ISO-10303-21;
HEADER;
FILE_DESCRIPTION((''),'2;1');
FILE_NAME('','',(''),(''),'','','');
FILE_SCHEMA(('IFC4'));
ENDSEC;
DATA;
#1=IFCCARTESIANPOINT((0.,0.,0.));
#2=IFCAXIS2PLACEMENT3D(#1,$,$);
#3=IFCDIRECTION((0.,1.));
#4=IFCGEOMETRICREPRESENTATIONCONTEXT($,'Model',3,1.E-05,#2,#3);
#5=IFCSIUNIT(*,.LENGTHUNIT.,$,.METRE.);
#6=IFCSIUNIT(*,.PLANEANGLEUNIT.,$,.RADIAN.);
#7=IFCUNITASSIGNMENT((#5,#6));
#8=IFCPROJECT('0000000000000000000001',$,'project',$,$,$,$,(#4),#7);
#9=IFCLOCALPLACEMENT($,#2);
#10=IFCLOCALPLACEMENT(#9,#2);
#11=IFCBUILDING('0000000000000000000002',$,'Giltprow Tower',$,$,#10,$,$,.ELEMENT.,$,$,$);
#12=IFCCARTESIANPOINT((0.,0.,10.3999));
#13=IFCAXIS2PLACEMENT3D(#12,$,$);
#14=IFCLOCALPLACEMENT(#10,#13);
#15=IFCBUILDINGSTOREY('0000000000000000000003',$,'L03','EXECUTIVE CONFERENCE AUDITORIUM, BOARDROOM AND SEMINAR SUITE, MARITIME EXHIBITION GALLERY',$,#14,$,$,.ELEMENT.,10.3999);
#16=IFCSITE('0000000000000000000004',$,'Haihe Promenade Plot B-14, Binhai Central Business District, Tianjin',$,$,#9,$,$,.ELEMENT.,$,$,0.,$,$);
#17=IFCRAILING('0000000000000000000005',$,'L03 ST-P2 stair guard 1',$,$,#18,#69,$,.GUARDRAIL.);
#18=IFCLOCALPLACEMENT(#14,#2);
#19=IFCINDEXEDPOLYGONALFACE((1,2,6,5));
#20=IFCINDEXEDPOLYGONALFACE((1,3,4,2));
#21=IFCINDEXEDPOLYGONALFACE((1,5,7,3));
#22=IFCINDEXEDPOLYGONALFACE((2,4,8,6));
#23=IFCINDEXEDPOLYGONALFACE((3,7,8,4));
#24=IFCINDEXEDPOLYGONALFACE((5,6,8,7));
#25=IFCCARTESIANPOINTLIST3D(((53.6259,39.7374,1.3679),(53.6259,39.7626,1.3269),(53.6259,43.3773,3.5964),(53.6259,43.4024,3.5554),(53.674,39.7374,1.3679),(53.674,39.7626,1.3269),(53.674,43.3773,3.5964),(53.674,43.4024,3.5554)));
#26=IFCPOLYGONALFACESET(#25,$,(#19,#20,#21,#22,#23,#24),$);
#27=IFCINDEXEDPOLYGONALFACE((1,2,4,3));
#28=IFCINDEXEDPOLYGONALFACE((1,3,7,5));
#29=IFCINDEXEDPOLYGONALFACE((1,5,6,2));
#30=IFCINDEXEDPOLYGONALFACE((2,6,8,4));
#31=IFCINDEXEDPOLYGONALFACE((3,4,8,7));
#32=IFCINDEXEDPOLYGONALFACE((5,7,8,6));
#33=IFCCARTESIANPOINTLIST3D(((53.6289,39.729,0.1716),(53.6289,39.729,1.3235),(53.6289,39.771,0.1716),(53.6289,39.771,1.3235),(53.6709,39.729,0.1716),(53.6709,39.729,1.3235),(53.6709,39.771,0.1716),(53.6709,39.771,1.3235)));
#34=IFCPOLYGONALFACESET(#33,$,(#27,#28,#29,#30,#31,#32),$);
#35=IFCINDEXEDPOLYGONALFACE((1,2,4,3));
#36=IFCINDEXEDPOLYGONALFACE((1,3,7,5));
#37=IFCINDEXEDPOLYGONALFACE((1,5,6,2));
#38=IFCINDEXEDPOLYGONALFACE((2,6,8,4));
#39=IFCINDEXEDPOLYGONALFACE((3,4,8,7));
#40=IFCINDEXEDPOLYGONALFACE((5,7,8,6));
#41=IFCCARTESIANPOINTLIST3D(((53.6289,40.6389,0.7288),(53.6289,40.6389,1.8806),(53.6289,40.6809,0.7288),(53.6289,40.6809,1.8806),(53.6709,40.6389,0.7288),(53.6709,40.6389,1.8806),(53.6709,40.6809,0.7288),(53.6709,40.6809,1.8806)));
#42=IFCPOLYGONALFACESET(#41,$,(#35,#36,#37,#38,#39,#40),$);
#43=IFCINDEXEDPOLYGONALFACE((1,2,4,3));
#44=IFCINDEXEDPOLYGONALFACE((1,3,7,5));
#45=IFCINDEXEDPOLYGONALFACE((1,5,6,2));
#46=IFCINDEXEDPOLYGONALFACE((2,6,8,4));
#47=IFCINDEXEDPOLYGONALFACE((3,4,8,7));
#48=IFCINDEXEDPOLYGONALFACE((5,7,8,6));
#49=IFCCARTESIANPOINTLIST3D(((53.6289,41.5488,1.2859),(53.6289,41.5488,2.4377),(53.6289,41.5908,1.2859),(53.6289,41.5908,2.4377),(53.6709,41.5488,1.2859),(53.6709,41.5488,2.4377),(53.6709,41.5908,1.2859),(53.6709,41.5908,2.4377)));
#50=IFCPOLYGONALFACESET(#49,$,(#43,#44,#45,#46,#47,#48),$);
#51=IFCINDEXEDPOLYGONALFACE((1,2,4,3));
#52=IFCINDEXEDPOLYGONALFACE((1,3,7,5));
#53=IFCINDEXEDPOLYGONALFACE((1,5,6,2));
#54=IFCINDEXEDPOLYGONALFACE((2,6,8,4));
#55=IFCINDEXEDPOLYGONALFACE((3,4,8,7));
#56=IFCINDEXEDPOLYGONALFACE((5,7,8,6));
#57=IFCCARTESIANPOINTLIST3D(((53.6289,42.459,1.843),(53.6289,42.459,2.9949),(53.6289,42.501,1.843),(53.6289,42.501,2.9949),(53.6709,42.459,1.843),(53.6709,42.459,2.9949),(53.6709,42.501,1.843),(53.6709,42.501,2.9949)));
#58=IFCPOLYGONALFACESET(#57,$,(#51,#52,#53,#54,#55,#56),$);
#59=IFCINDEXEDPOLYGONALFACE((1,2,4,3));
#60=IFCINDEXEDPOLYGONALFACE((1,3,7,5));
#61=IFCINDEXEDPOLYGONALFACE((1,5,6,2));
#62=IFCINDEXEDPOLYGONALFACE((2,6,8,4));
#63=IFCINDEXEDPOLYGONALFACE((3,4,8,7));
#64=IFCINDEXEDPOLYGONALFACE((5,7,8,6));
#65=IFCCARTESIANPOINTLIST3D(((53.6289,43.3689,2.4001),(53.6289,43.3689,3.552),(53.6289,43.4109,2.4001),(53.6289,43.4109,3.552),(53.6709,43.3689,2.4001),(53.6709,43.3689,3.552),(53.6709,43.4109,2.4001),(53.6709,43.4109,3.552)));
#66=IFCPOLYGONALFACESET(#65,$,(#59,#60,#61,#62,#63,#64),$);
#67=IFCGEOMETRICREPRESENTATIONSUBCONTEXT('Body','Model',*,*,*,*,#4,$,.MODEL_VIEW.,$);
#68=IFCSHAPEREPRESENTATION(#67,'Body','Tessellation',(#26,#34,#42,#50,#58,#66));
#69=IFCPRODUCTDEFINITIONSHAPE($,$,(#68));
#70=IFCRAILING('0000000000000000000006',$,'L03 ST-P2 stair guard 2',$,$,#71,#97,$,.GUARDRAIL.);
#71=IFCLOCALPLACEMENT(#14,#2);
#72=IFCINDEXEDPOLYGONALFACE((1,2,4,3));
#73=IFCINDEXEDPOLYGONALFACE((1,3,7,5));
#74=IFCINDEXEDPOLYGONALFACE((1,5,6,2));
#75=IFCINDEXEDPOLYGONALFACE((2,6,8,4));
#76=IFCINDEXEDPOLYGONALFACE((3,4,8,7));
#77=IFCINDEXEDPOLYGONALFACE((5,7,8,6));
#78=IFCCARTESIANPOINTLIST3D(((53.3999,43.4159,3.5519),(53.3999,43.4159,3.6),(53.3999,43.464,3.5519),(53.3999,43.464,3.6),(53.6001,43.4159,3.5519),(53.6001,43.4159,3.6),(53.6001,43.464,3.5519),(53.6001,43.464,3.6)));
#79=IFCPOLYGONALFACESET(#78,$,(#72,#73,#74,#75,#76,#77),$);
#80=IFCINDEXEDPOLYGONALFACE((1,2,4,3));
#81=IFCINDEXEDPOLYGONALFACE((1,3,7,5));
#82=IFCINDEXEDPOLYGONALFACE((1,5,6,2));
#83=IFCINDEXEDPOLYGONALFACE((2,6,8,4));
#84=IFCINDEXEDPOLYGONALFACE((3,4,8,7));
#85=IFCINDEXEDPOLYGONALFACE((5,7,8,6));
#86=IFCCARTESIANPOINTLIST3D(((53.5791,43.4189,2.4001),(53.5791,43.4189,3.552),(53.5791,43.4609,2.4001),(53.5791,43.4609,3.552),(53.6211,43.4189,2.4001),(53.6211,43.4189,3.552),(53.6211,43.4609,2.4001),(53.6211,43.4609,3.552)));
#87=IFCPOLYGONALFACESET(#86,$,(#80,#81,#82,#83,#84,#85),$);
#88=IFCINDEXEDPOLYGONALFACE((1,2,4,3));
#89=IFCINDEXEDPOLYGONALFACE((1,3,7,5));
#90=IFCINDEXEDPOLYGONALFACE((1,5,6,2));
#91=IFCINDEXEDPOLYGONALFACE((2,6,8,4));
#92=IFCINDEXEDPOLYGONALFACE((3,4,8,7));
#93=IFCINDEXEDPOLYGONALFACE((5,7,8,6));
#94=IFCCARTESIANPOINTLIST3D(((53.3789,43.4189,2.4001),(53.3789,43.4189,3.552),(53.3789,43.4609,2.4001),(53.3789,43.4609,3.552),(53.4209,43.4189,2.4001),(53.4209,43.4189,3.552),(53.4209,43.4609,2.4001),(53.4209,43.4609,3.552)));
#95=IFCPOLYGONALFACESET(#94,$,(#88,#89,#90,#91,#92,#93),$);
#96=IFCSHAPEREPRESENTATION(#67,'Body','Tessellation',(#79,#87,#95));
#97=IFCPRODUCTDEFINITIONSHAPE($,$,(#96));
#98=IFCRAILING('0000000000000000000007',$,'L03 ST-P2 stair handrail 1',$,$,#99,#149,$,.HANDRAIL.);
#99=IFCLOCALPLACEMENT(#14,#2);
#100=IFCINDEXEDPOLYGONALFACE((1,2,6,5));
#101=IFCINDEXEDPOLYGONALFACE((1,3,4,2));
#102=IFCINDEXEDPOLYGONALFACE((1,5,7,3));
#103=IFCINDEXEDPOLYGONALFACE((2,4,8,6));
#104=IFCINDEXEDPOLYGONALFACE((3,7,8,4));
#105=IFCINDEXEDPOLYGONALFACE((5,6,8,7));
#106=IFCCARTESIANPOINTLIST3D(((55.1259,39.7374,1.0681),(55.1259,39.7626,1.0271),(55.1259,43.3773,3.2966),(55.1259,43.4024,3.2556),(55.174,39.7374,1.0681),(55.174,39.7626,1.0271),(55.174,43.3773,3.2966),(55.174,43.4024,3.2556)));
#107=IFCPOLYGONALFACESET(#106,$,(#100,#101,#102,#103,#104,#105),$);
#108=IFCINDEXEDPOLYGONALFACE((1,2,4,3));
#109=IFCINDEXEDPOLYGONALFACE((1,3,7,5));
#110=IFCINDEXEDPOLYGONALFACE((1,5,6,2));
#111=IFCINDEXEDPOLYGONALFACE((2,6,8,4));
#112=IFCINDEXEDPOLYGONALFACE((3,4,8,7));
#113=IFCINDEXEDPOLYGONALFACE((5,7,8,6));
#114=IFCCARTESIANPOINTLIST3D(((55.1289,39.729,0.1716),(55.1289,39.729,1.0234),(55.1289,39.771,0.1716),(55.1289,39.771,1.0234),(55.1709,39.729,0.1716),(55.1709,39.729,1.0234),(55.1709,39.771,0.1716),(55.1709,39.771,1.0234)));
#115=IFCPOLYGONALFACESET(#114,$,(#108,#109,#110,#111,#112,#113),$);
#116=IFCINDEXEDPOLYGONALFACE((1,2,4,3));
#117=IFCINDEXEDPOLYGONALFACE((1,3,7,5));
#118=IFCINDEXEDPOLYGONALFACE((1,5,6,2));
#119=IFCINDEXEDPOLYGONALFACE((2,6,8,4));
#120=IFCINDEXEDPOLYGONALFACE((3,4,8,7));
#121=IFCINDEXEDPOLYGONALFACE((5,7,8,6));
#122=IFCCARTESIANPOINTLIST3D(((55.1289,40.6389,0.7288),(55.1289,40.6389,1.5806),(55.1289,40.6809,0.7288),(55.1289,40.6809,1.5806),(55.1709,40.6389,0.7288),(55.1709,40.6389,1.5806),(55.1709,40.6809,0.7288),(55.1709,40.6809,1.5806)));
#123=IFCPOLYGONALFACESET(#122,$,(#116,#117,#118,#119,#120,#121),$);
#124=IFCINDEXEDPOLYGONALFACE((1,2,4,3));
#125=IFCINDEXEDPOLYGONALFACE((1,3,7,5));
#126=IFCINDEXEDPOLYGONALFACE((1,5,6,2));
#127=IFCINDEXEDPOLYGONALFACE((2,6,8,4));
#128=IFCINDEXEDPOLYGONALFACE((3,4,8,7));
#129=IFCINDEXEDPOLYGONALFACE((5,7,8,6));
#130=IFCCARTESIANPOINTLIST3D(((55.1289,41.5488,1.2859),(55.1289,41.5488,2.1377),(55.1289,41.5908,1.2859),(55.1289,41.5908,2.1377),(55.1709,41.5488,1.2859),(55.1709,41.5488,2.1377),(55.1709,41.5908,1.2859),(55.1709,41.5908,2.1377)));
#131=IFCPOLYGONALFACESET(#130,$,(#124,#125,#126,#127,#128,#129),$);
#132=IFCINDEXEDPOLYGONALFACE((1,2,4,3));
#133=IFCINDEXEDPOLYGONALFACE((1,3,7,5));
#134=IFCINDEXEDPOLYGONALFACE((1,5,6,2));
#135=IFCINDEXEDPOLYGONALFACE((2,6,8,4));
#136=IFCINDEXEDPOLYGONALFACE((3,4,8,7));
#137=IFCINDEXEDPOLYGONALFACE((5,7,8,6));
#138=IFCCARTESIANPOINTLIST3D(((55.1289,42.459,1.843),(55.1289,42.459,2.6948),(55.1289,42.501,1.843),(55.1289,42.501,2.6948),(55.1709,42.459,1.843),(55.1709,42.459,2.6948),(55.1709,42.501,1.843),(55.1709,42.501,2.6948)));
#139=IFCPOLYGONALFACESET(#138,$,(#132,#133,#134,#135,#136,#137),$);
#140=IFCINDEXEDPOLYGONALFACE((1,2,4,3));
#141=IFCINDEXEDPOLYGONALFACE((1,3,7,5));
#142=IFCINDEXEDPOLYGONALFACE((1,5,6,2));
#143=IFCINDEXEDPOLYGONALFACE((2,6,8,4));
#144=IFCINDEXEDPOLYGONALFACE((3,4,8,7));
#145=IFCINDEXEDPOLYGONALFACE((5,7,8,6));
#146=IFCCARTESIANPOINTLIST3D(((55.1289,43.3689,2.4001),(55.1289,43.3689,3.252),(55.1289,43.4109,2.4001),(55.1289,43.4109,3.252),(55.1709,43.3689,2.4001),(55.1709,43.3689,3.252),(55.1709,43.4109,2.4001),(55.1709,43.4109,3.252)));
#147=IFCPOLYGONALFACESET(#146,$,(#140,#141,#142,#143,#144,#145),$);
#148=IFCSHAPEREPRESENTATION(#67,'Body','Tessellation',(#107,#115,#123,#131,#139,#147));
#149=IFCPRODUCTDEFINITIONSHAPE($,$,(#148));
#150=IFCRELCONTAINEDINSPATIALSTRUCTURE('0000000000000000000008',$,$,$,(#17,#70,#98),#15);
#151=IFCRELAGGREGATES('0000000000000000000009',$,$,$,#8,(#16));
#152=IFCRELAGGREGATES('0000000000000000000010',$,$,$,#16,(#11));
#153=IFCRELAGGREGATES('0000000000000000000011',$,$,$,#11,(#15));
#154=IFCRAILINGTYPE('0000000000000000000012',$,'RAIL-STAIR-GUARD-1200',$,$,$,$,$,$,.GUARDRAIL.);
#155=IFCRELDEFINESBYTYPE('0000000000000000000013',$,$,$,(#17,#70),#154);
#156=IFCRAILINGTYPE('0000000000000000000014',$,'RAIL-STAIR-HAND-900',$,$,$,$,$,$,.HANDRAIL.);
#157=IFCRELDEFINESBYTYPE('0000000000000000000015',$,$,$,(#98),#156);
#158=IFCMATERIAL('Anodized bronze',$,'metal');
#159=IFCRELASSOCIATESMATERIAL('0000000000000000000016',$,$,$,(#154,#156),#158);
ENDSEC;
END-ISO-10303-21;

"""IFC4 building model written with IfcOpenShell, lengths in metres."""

from ifc_helpers import new_model, si_unit, direction, frame, origin, origin_2d, place, context, subcontext, project, spatial, rectangle, extrude, material, type_object, element, save


model = new_model("IFC4")

# Units and contexts
model_context = context("Model", 3, precision=1e-05, world=origin(), true_north=direction((0.0, 1.0)))
body_context = subcontext(model_context, "Body", "Model", "MODEL_VIEW")
ifc_project = project(units=[si_unit("LENGTHUNIT", "METRE"), si_unit("PLANEANGLEUNIT", "RADIAN")], contexts=[model_context])

# Site, building, storey
site_placement = place(None, origin())
site = spatial("IfcSite", under=ifc_project, at=site_placement, Name="Haihe Promenade Plot B-14, Binhai Central Business District, Tianjin", CompositionType="ELEMENT", RefElevation=0.0)
building_placement = place(site_placement, origin())
building = spatial("IfcBuilding", under=site, at=building_placement, Name="Giltprow Tower", CompositionType="ELEMENT")
storey_placement = place(building_placement, frame((0.0, 0.0, 10.3999)))
storey = spatial("IfcBuildingStorey", under=building, at=storey_placement, Name="L03", Description="EXECUTIVE CONFERENCE AUDITORIUM, BOARDROOM AND SEMINAR SUITE, MARITIME EXHIBITION GALLERY", CompositionType="ELEMENT", Elevation=10.3999)

# Railings
ifc_material_1 = material(Name="Anodized bronze", Category="metal")
railing_type_1 = type_object("IfcRailingType", Name="RAIL-STAIR-GUARD-1200", PredefinedType="GUARDRAIL", material=ifc_material_1)
railing_1_placement = place(storey_placement, frame((53.6499, 39.75, 0.1716)))
element("IfcRailing", 1, at=railing_1_placement, inside=storey, type_object=railing_type_1, Name="L03 ST-P2 stair guard 1", PredefinedType="GUARDRAIL", context=body_context, shape_type="SweptSolid", body=[
    extrude(rectangle(XDim=0.0481, YDim=0.0481, at=origin_2d()), frame((0.0, 0.0, 1.1758), z_axis=(0.0, 0.85285, 0.522156), x_axis=(-1.0, 0.0, 0.0)), (0.0, 0.0, 1.0), 4.2678),
    extrude(rectangle(XDim=0.042, YDim=0.042, at=origin_2d()), origin(), (0.0, 0.0, 1.0), 1.1519),
    extrude(rectangle(XDim=0.042, YDim=0.042, at=origin_2d()), frame((0.0, 0.9099, 0.5571)), (0.0, 0.0, 1.0), 1.1519),
    extrude(rectangle(XDim=0.042, YDim=0.042, at=origin_2d()), frame((0.0, 1.8198, 1.1143)), (0.0, 0.0, 1.0), 1.1519),
    extrude(rectangle(XDim=0.042, YDim=0.042, at=origin_2d()), frame((0.0, 2.73, 1.6714)), (0.0, 0.0, 1.0), 1.1519),
    extrude(rectangle(XDim=0.042, YDim=0.042, at=origin_2d()), frame((0.0, 3.6399, 2.2285)), (0.0, 0.0, 1.0), 1.1519),
])
railing_2_placement = place(storey_placement, frame((53.6001, 43.4399, 2.4001)))
element("IfcRailing", 2, at=railing_2_placement, inside=storey, type_object=railing_type_1, Name="L03 ST-P2 stair guard 2", PredefinedType="GUARDRAIL", context=body_context, shape_type="SweptSolid", body=[
    extrude(rectangle(XDim=0.0481, YDim=0.0481, at=origin_2d()), frame((0.0, 0.0, 1.1758), z_axis=(-1.0, 0.0, 0.0), x_axis=(0.0, -1.0, 0.0)), (0.0, 0.0, 1.0), 0.2002),
    extrude(rectangle(XDim=0.042, YDim=0.042, at=origin_2d()), origin(), (0.0, 0.0, 1.0), 1.1519),
    extrude(rectangle(XDim=0.042, YDim=0.042, at=origin_2d()), frame((-0.2002, 0.0, 0.0)), (0.0, 0.0, 1.0), 1.1519),
])
railing_type_2 = type_object("IfcRailingType", Name="RAIL-STAIR-HAND-900", PredefinedType="HANDRAIL", material=ifc_material_1)
railing_3_placement = place(storey_placement, frame((55.1499, 39.75, 0.1716)))
element("IfcRailing", 3, at=railing_3_placement, inside=storey, type_object=railing_type_2, Name="L03 ST-P2 stair handrail 1", PredefinedType="HANDRAIL", context=body_context, shape_type="SweptSolid", body=[
    extrude(rectangle(XDim=0.0481, YDim=0.0481, at=origin_2d()), frame((0.0, 0.0, 0.876), z_axis=(0.0, 0.85285, 0.522156), x_axis=(-1.0, 0.0, 0.0)), (0.0, 0.0, 1.0), 4.2678),
    extrude(rectangle(XDim=0.042, YDim=0.042, at=origin_2d()), origin(), (0.0, 0.0, 1.0), 0.8518),
    extrude(rectangle(XDim=0.042, YDim=0.042, at=origin_2d()), frame((0.0, 0.9099, 0.5571)), (0.0, 0.0, 1.0), 0.8518),
    extrude(rectangle(XDim=0.042, YDim=0.042, at=origin_2d()), frame((0.0, 1.8198, 1.1143)), (0.0, 0.0, 1.0), 0.8518),
    extrude(rectangle(XDim=0.042, YDim=0.042, at=origin_2d()), frame((0.0, 2.73, 1.6714)), (0.0, 0.0, 1.0), 0.8518),
    extrude(rectangle(XDim=0.042, YDim=0.042, at=origin_2d()), frame((0.0, 3.6399, 2.2285)), (0.0, 0.0, 1.0), 0.8518),
])

save(model, "model.ifc")
